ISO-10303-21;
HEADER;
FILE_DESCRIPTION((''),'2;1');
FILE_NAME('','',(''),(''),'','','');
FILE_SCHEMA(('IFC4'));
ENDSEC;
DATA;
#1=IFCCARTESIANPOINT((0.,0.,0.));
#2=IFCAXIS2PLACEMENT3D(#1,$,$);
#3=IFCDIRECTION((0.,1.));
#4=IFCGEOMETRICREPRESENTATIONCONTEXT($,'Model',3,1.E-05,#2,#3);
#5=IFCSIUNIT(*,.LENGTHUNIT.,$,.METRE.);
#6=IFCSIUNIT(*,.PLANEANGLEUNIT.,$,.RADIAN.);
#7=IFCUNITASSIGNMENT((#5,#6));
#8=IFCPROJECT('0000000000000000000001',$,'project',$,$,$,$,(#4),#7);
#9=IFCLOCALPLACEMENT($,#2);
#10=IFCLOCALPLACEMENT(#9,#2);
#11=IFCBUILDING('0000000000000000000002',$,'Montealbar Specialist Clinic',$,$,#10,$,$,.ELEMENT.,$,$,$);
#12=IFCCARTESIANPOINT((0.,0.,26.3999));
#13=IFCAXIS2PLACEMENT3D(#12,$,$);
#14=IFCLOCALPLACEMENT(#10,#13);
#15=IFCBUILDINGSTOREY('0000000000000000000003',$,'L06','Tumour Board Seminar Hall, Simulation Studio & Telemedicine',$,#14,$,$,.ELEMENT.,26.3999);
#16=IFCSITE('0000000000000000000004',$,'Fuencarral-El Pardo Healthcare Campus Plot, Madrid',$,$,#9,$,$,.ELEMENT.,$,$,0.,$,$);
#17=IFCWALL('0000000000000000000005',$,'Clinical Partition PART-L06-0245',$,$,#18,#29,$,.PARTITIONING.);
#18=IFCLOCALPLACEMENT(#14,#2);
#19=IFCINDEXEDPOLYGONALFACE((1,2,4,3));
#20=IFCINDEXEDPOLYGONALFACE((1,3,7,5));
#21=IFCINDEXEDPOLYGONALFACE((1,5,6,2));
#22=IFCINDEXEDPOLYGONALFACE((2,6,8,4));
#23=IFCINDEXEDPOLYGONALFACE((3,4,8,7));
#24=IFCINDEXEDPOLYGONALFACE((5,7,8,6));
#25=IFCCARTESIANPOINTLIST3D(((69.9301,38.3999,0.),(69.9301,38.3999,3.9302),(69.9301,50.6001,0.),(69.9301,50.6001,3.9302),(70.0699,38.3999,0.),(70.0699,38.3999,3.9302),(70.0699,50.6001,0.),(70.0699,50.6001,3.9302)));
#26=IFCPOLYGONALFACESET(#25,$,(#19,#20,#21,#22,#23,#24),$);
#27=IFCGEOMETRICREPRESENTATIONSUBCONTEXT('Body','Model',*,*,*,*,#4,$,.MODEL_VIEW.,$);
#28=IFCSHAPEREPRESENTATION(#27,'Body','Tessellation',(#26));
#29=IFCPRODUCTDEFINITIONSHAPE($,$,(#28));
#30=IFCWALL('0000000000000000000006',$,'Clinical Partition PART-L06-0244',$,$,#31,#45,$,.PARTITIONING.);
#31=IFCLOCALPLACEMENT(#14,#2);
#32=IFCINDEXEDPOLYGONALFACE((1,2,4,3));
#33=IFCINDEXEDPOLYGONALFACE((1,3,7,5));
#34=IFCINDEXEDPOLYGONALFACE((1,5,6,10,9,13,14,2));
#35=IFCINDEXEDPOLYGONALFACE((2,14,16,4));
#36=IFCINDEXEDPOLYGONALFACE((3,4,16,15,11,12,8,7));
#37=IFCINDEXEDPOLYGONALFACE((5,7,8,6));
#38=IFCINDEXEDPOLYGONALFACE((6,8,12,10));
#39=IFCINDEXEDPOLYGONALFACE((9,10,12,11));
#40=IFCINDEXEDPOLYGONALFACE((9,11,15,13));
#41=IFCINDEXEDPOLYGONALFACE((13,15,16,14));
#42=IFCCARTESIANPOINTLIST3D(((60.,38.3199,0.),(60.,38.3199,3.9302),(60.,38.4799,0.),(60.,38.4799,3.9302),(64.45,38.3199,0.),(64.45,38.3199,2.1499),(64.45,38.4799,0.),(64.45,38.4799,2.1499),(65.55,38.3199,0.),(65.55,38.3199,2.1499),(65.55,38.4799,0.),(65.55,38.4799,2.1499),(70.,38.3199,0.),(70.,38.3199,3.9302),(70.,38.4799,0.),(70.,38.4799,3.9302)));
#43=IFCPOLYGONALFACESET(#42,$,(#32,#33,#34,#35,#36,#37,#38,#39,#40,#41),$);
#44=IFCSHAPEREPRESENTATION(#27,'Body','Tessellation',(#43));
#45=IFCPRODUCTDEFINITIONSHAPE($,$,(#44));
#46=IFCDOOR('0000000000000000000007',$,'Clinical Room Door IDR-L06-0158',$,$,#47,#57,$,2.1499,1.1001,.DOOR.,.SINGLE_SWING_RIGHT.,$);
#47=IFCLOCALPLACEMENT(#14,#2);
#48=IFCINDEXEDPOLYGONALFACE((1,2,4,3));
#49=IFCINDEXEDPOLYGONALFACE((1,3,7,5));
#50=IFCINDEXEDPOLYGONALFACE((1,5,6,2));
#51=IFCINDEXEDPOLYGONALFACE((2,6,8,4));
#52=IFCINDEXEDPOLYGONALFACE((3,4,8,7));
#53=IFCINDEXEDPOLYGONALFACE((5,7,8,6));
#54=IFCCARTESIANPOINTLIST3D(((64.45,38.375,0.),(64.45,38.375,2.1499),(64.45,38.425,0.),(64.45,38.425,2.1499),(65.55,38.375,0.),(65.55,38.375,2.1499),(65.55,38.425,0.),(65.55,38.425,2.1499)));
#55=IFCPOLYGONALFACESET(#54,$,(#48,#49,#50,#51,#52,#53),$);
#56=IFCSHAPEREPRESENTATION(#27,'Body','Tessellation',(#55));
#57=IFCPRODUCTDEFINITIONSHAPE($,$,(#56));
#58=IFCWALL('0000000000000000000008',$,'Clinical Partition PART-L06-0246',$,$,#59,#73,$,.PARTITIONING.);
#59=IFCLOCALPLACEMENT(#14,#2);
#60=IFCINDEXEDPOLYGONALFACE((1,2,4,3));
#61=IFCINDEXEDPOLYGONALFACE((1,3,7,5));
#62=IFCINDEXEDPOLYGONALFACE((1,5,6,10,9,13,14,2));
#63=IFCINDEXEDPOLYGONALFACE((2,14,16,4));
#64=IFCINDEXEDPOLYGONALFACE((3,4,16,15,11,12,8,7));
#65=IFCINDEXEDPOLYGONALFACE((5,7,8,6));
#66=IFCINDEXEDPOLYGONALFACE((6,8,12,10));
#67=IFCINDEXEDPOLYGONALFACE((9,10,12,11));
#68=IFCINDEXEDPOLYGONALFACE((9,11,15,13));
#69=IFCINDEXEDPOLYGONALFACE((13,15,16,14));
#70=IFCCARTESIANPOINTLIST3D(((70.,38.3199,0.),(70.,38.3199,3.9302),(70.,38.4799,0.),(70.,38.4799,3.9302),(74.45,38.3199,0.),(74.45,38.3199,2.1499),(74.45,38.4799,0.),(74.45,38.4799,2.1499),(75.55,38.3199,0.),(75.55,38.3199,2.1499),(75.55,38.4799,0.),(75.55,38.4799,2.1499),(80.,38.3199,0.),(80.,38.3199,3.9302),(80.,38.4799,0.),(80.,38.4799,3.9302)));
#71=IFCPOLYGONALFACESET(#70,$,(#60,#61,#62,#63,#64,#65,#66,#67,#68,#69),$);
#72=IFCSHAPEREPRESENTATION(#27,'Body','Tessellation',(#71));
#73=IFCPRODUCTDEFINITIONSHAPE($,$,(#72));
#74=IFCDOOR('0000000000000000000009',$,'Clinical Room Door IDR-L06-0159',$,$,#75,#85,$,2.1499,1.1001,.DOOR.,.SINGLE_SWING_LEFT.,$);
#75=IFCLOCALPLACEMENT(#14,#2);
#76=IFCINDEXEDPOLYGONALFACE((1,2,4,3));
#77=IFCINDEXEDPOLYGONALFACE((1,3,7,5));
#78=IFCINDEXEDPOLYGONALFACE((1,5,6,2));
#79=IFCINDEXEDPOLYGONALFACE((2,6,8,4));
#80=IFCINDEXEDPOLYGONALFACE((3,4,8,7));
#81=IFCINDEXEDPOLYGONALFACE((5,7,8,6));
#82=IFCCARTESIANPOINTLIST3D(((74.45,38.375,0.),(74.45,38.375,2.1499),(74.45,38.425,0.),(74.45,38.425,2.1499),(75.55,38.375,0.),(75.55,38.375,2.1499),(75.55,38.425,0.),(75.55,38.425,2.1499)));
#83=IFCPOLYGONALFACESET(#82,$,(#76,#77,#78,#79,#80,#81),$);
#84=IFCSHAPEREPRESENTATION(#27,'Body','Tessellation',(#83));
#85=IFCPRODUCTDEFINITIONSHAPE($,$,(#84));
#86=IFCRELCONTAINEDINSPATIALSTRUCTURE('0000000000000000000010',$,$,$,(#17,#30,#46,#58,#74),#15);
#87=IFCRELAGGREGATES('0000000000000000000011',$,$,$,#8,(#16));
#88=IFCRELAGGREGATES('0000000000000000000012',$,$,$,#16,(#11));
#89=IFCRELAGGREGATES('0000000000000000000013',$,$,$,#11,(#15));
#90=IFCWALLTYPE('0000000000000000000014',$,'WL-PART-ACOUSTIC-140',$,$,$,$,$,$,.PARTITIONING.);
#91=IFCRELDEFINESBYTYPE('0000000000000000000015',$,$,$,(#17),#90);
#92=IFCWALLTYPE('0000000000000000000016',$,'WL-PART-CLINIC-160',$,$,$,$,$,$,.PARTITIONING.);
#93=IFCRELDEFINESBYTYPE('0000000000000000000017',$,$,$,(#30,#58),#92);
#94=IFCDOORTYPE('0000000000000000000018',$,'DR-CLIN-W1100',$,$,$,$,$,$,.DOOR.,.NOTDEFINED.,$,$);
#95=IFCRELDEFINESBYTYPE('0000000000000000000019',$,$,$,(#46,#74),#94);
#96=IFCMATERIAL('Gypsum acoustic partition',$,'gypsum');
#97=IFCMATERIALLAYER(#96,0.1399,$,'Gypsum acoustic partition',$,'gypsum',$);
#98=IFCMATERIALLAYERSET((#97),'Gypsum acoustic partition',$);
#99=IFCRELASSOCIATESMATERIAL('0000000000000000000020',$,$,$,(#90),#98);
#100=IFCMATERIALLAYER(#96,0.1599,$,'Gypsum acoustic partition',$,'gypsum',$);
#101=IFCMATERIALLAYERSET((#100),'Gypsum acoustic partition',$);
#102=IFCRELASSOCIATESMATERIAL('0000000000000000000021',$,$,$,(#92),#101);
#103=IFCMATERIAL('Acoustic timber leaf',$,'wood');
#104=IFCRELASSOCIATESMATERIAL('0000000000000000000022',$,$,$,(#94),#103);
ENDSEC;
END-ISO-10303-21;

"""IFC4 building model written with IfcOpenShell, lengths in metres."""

from ifc_helpers import new_model, si_unit, direction, frame, frame_2d, origin, place, context, subcontext, project, spatial, rectangle, extrude, material, layer, layer_set, type_object, element, fill, save


model = new_model("IFC4")

# Units and contexts
model_context = context("Model", 3, precision=1e-05, world=origin(), true_north=direction((0.0, 1.0)))
body_context = subcontext(model_context, "Body", "Model", "MODEL_VIEW")
ifc_project = project(units=[si_unit("LENGTHUNIT", "METRE"), si_unit("PLANEANGLEUNIT", "RADIAN")], contexts=[model_context])

# Site, building, storey
site_placement = place(None, origin())
site = spatial("IfcSite", under=ifc_project, at=site_placement, Name="Fuencarral-El Pardo Healthcare Campus Plot, Madrid", CompositionType="ELEMENT", RefElevation=0.0)
building_placement = place(site_placement, origin())
building = spatial("IfcBuilding", under=site, at=building_placement, Name="Montealbar Specialist Clinic", CompositionType="ELEMENT")
storey_placement = place(building_placement, frame((0.0, 0.0, 26.3999)))
storey = spatial("IfcBuildingStorey", under=building, at=storey_placement, Name="L06", Description="Tumour Board Seminar Hall, Simulation Studio & Telemedicine", CompositionType="ELEMENT", Elevation=26.3999)

# Wall
ifc_material_1 = material(Name="Gypsum acoustic partition", Category="gypsum")
ifc_layer_1 = layer(ifc_material_1, 0.1399, Name="Gypsum acoustic partition", Category="gypsum")
ifc_layer_set_1 = layer_set([ifc_layer_1], Name="Gypsum acoustic partition")
wall_type_1 = type_object("IfcWallType", Name="WL-PART-ACOUSTIC-140", PredefinedType="PARTITIONING", material=ifc_layer_set_1)
wall_1_placement = place(storey_placement, frame((70.0, 38.3999, 0.0), z_axis=(0.0, 0.0, 1.0), x_axis=(0.0, 1.0, 0.0)))
element("IfcWall", 1, at=wall_1_placement, inside=storey, type_object=wall_type_1, Name="Clinical Partition PART-L06-0245", PredefinedType="PARTITIONING", context=body_context, shape_type="SweptSolid", body=[
    extrude(rectangle(XDim=12.2002, YDim=0.1399, at=frame_2d((6.1001, 0.0))), origin(), (0.0, 0.0, 1.0), 3.9302),
])

# Walls, openings, doors
ifc_layer_2 = layer(ifc_material_1, 0.1599, Name="Gypsum acoustic partition", Category="gypsum")
ifc_layer_set_2 = layer_set([ifc_layer_2], Name="Gypsum acoustic partition")
wall_type_2 = type_object("IfcWallType", Name="WL-PART-CLINIC-160", PredefinedType="PARTITIONING", material=ifc_layer_set_2)
wall_2_placement = place(storey_placement, frame((60.0, 38.3999, 0.0), z_axis=(0.0, 0.0, 1.0), x_axis=(1.0, 0.0, 0.0)))
wall_2 = element("IfcWall", 2, at=wall_2_placement, inside=storey, type_object=wall_type_2, Name="Clinical Partition PART-L06-0244", PredefinedType="PARTITIONING", context=body_context, shape_type="SweptSolid", body=[
    extrude(rectangle(XDim=10.0, YDim=0.1599, at=frame_2d((5.0, 0.0))), origin(), (0.0, 0.0, 1.0), 3.9302),
])
opening_1_placement = place(wall_2_placement, frame((4.45, 0.0, 0.0)))
opening_1 = element("IfcOpeningElement", 3, at=opening_1_placement, cuts=wall_2, PredefinedType="OPENING", context=body_context, shape_type="SweptSolid", body=[
    extrude(rectangle(XDim=1.1001, YDim=2.1499, at=frame_2d((0.55, 1.075))), frame((0.0, 0.0898, 0.0), z_axis=(0.0, -1.0, 0.0), x_axis=(1.0, 0.0, 0.0)), (0.0, 0.0, 1.0), 0.1799),
])
ifc_material_2 = material(Name="Acoustic timber leaf", Category="wood")
door_type = type_object("IfcDoorType", Name="DR-CLIN-W1100", OperationType="NOTDEFINED", PredefinedType="DOOR", material=ifc_material_2)
door_1_placement = place(opening_1_placement, frame((1.1001, 0.0, 0.0), z_axis=(0.0, 0.0, 1.0), x_axis=(-1.0, 0.0, 0.0)))
door_1 = element("IfcDoor", 4, at=door_1_placement, inside=storey, type_object=door_type, Name="Clinical Room Door IDR-L06-0158", OperationType="SINGLE_SWING_RIGHT", OverallHeight=2.1499, OverallWidth=1.1001, PredefinedType="DOOR", context=body_context, shape_type="SweptSolid", body=[
    extrude(rectangle(XDim=1.1001, YDim=2.1499, at=frame_2d((0.55, 1.075))), frame((0.0, 0.0249, 0.0), z_axis=(0.0, -1.0, 0.0), x_axis=(1.0, 0.0, 0.0)), (0.0, 0.0, 1.0), 0.05),
])
fill(opening_1, door_1)
wall_3_placement = place(storey_placement, frame((70.0, 38.3999, 0.0), z_axis=(0.0, 0.0, 1.0), x_axis=(1.0, 0.0, 0.0)))
wall_3 = element("IfcWall", 5, at=wall_3_placement, inside=storey, type_object=wall_type_2, Name="Clinical Partition PART-L06-0246", PredefinedType="PARTITIONING", context=body_context, shape_type="SweptSolid", body=[
    extrude(rectangle(XDim=10.0, YDim=0.1599, at=frame_2d((5.0, 0.0))), origin(), (0.0, 0.0, 1.0), 3.9302),
])
opening_2_placement = place(wall_3_placement, frame((4.45, 0.0, 0.0)))
opening_2 = element("IfcOpeningElement", 6, at=opening_2_placement, cuts=wall_3, PredefinedType="OPENING", context=body_context, shape_type="SweptSolid", body=[
    extrude(rectangle(XDim=1.1001, YDim=2.1499, at=frame_2d((0.55, 1.075))), frame((0.0, 0.0898, 0.0), z_axis=(0.0, -1.0, 0.0), x_axis=(1.0, 0.0, 0.0)), (0.0, 0.0, 1.0), 0.1799),
])
door_2_placement = place(opening_2_placement, frame((1.1001, 0.0, 0.0), z_axis=(0.0, 0.0, 1.0), x_axis=(-1.0, 0.0, 0.0)))
door_2 = element("IfcDoor", 7, at=door_2_placement, inside=storey, type_object=door_type, Name="Clinical Room Door IDR-L06-0159", OperationType="SINGLE_SWING_LEFT", OverallHeight=2.1499, OverallWidth=1.1001, PredefinedType="DOOR", context=body_context, shape_type="SweptSolid", body=[
    extrude(rectangle(XDim=1.1001, YDim=2.1499, at=frame_2d((0.55, 1.075))), frame((0.0, 0.0249, 0.0), z_axis=(0.0, -1.0, 0.0), x_axis=(1.0, 0.0, 0.0)), (0.0, 0.0, 1.0), 0.05),
])
fill(opening_2, door_2)

save(model, "model.ifc")
